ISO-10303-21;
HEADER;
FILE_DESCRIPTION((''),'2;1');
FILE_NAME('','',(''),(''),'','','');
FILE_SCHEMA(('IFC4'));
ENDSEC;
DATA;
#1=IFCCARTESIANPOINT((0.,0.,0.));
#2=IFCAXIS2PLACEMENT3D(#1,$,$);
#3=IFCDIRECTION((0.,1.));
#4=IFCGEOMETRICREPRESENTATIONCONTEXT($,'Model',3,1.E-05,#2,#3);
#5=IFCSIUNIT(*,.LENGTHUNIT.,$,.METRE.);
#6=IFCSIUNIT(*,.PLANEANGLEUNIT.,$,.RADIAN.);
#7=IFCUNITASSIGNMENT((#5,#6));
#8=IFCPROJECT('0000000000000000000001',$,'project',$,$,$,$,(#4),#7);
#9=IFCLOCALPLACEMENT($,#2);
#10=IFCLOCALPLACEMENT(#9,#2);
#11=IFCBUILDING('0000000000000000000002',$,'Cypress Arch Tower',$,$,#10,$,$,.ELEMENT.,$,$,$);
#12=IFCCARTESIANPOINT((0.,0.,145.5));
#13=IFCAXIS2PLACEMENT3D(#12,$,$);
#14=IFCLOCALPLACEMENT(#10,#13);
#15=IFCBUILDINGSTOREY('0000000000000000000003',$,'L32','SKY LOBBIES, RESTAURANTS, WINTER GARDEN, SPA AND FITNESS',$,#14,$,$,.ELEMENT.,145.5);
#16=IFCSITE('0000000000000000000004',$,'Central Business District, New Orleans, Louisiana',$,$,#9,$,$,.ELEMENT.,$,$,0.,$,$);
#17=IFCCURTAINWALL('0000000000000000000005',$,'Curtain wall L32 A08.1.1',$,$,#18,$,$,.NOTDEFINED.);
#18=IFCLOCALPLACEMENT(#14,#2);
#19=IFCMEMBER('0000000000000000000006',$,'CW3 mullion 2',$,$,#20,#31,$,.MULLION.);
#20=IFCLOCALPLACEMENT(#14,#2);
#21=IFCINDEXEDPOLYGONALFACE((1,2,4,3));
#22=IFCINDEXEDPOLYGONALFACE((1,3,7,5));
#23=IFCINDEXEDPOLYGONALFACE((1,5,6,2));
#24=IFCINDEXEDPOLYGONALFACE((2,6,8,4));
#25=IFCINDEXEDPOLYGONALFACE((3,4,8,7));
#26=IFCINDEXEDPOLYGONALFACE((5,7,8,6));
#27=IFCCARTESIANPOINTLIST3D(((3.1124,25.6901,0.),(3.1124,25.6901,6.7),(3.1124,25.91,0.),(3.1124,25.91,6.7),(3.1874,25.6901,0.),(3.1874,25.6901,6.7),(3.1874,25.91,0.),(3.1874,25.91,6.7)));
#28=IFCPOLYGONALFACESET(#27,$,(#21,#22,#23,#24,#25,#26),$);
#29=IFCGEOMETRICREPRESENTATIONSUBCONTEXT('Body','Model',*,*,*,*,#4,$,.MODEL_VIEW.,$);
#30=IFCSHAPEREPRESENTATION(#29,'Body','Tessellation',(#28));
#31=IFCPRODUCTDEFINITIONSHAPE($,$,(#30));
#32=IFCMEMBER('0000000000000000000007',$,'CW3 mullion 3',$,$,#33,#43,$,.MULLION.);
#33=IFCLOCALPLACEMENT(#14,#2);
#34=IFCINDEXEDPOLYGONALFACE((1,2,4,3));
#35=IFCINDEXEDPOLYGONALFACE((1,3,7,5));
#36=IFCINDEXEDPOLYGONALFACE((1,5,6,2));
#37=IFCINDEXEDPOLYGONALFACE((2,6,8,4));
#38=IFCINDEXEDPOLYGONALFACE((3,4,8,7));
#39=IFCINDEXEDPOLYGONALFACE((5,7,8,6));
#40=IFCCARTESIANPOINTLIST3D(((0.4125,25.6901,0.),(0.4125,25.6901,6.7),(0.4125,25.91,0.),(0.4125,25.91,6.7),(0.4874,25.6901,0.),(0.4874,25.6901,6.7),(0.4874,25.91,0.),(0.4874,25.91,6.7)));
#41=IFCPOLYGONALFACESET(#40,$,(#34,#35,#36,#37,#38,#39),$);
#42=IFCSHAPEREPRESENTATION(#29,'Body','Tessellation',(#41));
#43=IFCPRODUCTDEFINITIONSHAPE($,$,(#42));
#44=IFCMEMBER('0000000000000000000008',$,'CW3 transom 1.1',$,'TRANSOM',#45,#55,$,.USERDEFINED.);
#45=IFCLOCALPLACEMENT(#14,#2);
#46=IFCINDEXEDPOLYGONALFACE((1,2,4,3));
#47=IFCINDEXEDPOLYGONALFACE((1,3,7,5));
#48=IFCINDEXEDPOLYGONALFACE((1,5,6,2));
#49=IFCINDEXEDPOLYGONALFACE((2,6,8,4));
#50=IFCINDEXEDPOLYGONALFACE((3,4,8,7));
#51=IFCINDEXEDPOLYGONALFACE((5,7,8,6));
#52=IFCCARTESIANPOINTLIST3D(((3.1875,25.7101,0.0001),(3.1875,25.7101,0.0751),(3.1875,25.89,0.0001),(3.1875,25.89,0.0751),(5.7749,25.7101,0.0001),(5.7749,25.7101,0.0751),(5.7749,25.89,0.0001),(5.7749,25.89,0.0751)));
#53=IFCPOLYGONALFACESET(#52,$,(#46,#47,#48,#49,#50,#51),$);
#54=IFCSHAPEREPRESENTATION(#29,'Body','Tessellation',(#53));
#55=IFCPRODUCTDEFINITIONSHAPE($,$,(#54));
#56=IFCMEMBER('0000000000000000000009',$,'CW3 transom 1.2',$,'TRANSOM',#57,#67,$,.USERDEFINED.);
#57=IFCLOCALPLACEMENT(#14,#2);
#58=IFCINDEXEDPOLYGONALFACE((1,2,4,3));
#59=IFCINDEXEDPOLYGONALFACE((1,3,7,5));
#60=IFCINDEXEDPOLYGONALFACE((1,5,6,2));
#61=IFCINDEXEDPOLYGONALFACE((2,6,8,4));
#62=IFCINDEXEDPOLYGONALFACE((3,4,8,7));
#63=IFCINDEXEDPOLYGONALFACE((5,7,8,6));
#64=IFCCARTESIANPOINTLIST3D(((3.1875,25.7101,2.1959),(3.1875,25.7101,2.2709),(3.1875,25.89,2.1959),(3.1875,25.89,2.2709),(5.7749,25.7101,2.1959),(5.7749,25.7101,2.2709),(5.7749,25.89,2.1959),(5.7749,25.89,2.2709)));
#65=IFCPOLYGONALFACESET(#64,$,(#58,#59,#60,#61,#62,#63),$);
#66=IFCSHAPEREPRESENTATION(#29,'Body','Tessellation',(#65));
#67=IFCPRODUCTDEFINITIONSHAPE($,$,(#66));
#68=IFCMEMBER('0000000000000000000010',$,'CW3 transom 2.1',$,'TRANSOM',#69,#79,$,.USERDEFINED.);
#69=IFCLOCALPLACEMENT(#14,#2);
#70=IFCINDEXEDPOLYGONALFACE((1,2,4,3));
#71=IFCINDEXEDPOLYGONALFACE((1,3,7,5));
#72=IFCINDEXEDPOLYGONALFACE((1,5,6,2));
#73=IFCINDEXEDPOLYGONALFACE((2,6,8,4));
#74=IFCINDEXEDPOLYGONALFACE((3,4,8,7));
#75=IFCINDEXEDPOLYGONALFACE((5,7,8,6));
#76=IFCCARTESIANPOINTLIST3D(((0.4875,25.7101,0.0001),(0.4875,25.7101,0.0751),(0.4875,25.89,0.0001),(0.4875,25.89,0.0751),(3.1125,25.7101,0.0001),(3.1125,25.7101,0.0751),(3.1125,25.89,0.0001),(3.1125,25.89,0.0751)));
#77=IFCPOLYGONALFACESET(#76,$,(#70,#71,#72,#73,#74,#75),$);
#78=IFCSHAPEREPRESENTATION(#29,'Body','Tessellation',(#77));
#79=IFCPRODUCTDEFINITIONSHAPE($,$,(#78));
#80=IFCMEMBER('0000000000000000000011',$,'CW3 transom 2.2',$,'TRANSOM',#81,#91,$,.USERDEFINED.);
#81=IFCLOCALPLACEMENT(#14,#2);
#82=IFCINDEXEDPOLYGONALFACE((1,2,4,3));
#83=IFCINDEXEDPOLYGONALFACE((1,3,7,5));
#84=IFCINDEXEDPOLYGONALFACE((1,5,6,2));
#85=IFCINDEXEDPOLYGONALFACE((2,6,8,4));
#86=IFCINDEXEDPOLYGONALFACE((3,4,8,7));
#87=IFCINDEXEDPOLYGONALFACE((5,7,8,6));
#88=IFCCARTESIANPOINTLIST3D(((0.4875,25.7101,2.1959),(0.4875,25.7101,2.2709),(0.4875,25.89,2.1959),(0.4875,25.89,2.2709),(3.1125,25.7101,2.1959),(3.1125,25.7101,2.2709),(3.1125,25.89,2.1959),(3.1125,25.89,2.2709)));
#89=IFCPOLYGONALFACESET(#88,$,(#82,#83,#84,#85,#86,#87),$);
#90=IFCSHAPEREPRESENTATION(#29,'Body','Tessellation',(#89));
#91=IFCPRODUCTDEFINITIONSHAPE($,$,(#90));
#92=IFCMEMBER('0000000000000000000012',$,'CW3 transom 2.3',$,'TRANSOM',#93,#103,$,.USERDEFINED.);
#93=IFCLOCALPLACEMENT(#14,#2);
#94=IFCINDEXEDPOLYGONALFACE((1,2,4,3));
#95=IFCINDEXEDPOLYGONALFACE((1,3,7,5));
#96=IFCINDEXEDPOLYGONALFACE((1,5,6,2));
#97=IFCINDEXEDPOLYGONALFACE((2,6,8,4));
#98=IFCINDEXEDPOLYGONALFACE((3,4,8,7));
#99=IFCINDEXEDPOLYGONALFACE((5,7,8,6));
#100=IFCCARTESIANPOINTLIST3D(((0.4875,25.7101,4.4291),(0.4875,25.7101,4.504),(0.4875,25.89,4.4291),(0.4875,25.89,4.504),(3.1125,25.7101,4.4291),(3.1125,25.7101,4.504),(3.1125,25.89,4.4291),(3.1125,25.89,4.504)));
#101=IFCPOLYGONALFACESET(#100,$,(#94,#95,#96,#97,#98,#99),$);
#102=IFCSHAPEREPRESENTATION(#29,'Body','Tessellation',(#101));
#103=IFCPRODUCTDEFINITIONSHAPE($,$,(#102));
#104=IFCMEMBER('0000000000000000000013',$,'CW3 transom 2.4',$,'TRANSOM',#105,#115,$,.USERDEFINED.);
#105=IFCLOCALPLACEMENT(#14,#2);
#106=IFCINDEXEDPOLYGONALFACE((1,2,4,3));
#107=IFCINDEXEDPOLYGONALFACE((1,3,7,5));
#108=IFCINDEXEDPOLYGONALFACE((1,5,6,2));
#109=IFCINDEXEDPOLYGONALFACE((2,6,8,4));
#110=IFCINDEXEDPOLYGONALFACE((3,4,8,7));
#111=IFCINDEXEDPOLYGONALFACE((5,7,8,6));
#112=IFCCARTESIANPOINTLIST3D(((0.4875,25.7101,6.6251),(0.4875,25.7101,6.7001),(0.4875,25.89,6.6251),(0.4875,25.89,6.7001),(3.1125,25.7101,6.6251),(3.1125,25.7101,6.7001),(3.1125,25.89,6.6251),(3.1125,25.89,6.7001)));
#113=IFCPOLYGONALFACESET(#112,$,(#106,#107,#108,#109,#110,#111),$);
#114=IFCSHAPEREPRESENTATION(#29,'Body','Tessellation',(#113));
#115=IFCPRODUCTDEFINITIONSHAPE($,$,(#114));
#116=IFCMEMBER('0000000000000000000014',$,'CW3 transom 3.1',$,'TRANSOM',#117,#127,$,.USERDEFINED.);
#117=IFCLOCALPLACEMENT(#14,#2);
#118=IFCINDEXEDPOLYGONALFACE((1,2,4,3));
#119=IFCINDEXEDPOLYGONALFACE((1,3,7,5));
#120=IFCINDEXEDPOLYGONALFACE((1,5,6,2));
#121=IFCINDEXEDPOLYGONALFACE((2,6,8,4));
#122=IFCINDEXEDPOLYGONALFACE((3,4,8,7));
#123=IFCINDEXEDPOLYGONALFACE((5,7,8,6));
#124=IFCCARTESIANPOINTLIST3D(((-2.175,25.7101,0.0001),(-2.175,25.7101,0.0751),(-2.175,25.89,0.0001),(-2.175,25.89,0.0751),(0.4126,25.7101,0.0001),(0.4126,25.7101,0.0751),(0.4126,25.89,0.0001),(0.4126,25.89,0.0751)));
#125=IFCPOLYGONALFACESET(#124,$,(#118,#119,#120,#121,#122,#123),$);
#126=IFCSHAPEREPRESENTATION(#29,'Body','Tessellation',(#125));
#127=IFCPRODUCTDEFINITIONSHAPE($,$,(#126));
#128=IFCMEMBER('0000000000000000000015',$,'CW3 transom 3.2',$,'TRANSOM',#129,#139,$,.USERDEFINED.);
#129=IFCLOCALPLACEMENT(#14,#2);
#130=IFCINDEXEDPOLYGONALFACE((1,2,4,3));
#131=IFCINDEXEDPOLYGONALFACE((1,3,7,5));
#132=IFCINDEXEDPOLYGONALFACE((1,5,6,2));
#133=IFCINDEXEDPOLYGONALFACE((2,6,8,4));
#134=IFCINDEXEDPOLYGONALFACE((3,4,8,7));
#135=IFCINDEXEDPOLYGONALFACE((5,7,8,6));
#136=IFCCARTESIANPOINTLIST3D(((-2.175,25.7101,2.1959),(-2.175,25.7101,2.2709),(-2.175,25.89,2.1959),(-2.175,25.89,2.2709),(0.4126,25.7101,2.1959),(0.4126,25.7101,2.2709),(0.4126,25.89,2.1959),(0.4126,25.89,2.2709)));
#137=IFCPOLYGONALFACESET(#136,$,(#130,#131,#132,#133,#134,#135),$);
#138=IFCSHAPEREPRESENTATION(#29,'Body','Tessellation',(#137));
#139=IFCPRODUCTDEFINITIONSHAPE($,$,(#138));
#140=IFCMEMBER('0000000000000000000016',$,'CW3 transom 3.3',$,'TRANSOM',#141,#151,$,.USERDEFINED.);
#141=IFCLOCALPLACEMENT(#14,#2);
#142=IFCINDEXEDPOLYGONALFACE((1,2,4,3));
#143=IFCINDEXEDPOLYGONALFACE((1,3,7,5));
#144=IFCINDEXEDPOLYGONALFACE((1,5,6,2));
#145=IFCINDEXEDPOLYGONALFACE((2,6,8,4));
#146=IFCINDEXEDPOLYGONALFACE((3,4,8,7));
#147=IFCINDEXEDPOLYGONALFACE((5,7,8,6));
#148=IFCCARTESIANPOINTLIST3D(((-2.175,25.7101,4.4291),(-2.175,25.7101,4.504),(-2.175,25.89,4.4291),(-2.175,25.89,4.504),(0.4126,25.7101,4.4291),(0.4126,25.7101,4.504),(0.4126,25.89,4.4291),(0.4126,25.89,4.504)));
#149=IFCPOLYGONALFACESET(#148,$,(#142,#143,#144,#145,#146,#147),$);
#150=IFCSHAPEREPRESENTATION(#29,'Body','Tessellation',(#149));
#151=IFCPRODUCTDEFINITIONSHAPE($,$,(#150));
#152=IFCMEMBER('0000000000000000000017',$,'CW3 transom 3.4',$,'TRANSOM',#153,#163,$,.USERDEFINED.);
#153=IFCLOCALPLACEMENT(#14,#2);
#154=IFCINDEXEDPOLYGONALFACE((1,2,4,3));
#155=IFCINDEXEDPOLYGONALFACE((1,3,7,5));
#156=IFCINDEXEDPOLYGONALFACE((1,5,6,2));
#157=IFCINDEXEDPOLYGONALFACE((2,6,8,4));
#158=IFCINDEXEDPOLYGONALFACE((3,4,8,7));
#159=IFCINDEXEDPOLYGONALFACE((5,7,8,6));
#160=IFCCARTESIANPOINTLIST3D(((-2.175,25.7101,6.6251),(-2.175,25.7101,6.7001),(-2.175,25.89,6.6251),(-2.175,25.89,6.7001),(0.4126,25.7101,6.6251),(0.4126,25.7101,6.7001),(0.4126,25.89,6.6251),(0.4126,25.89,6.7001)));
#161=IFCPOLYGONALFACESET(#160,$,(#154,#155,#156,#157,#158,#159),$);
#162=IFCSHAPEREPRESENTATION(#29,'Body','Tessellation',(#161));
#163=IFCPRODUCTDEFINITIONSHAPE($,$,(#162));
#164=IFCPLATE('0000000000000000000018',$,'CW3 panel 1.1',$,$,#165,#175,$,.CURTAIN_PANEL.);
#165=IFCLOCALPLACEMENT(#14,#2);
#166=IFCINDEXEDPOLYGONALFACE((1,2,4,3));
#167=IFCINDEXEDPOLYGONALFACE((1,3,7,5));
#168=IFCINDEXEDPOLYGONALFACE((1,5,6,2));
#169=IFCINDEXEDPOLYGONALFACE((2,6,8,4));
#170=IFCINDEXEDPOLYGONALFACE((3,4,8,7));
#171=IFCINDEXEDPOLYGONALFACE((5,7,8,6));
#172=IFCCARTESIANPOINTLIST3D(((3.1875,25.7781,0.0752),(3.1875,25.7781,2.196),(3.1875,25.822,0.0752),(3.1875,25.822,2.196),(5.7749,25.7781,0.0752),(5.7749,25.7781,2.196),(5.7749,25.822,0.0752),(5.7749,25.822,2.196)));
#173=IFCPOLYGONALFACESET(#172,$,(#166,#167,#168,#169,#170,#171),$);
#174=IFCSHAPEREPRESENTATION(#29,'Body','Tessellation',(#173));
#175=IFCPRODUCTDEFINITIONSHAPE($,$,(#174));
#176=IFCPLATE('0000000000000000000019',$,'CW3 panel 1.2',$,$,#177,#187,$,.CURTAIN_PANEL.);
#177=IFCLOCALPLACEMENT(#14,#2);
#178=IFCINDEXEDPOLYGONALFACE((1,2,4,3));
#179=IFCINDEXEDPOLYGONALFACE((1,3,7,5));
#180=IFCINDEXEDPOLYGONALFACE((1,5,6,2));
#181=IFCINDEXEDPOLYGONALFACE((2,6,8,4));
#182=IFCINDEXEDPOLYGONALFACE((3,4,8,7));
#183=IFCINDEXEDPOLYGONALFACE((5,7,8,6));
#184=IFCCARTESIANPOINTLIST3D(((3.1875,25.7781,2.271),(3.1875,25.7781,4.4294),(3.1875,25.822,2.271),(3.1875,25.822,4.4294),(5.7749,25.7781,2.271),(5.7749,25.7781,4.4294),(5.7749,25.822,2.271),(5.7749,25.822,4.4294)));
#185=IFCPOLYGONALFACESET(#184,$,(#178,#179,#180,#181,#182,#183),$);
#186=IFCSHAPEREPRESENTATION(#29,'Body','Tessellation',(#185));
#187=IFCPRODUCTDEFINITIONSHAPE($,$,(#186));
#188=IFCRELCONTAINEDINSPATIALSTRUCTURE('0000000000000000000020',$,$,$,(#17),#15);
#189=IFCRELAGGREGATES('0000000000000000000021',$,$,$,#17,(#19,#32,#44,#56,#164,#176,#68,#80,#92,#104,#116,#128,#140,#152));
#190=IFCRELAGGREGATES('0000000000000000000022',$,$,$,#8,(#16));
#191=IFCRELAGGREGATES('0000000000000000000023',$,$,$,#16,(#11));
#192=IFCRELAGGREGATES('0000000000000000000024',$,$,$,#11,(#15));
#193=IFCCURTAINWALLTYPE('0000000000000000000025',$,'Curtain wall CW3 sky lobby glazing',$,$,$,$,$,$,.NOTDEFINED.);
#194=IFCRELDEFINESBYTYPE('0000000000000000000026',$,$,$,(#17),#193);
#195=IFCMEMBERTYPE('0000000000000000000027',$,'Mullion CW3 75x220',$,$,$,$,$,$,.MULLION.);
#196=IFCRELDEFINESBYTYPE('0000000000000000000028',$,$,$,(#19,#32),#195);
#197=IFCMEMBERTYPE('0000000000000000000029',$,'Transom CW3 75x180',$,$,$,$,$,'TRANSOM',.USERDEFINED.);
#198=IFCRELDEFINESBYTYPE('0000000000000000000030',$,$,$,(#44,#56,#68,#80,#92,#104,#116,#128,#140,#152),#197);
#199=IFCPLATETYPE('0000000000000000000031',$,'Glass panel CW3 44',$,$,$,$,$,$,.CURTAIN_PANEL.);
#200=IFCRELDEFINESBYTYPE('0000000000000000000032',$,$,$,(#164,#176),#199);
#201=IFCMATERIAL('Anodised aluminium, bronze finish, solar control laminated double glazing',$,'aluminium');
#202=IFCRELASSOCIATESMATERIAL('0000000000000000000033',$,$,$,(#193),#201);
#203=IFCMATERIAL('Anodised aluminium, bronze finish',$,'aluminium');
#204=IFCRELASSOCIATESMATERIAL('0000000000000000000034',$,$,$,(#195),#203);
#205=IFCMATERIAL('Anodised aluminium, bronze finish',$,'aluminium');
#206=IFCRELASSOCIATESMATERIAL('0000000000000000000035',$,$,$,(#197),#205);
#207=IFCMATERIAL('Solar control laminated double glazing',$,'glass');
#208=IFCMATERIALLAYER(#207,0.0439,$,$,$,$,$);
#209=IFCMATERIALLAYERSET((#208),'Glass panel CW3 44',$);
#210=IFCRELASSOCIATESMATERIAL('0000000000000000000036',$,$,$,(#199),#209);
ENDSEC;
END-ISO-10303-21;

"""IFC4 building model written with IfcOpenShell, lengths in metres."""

from ifc_helpers import new_model, si_unit, direction, frame, origin, origin_2d, place, context, subcontext, project, spatial, rectangle, extrude, material, layer, layer_set, material_profile, profile_set, type_object, element, aggregate, save


model = new_model("IFC4")

# Units and contexts
model_context = context("Model", 3, precision=1e-05, world=origin(), true_north=direction((0.0, 1.0)))
body_context = subcontext(model_context, "Body", "Model", "MODEL_VIEW")
ifc_project = project(units=[si_unit("LENGTHUNIT", "METRE"), si_unit("PLANEANGLEUNIT", "RADIAN")], contexts=[model_context])

# Site, building, storey
site_placement = place(None, origin())
site = spatial("IfcSite", under=ifc_project, at=site_placement, Name="Central Business District, New Orleans, Louisiana", CompositionType="ELEMENT", RefElevation=0.0)
building_placement = place(site_placement, origin())
building = spatial("IfcBuilding", under=site, at=building_placement, Name="Cypress Arch Tower", CompositionType="ELEMENT")
storey_placement = place(building_placement, frame((0.0, 0.0, 145.5)))
storey = spatial("IfcBuildingStorey", under=building, at=storey_placement, Name="L32", Description="SKY LOBBIES, RESTAURANTS, WINTER GARDEN, SPA AND FITNESS", CompositionType="ELEMENT", Elevation=145.5)

# Curtain wall, members, plates
ifc_material_1 = material(Name="Anodised aluminium, bronze finish, solar control laminated double glazing", Category="aluminium")
curtain_wall_type = type_object("IfcCurtainWallType", Name="Curtain wall CW3 sky lobby glazing", PredefinedType="NOTDEFINED", material=ifc_material_1)
curtain_wall_placement = place(storey_placement, origin())
curtain_wall = element("IfcCurtainWall", 1, at=curtain_wall_placement, inside=storey, type_object=curtain_wall_type, Name="Curtain wall L32 A08.1.1", PredefinedType="NOTDEFINED")
ifc_material_2 = material(Name="Anodised aluminium, bronze finish", Category="aluminium")
ifc_material_profile_1 = material_profile(ifc_material_2, rectangle(XDim=0.22, YDim=0.075, at=origin_2d()), Name="Mullion 75x220")
ifc_profile_set_1 = profile_set([ifc_material_profile_1], Name="Anodised aluminium, bronze finish")
member_type_1 = type_object("IfcMemberType", Name="Mullion CW3 75x220", PredefinedType="MULLION", material=ifc_profile_set_1)
member_1_placement = place(storey_placement, frame((3.1499, 25.8, 0.0), z_axis=(0.0, 0.0, 1.0), x_axis=(0.0, -1.0, 0.0)))
member_1 = element("IfcMember", 2, at=member_1_placement, type_object=member_type_1, Name="CW3 mullion 2", PredefinedType="MULLION", context=body_context, shape_type="SweptSolid", body=[
    extrude(rectangle(XDim=0.22, YDim=0.075, at=origin_2d()), origin(), (0.0, 0.0, 1.0), 6.7),
])
member_2_placement = place(storey_placement, frame((0.45, 25.8, 0.0), z_axis=(0.0, 0.0, 1.0), x_axis=(0.0, -1.0, 0.0)))
member_2 = element("IfcMember", 3, at=member_2_placement, type_object=member_type_1, Name="CW3 mullion 3", PredefinedType="MULLION", context=body_context, shape_type="SweptSolid", body=[
    extrude(rectangle(XDim=0.22, YDim=0.075, at=origin_2d()), origin(), (0.0, 0.0, 1.0), 6.7),
])
ifc_material_3 = material(Name="Anodised aluminium, bronze finish", Category="aluminium")
ifc_material_profile_2 = material_profile(ifc_material_3, rectangle(XDim=0.1799, YDim=0.075, at=origin_2d()), Name="Transom 75x180")
ifc_profile_set_2 = profile_set([ifc_material_profile_2], Name="Anodised aluminium, bronze finish")
member_type_2 = type_object("IfcMemberType", Name="Transom CW3 75x180", ElementType="TRANSOM", PredefinedType="USERDEFINED", material=ifc_profile_set_2)
member_3_placement = place(storey_placement, frame((5.7749, 25.8, 0.0376), z_axis=(-1.0, 0.0, 0.0), x_axis=(0.0, -1.0, 0.0)))
member_3 = element("IfcMember", 4, at=member_3_placement, type_object=member_type_2, Name="CW3 transom 1.1", ObjectType="TRANSOM", PredefinedType="USERDEFINED", context=body_context, shape_type="SweptSolid", body=[
    extrude(rectangle(XDim=0.1799, YDim=0.075, at=origin_2d()), origin(), (0.0, 0.0, 1.0), 2.5874),
])
member_4_placement = place(storey_placement, frame((5.7749, 25.8, 2.2334), z_axis=(-1.0, 0.0, 0.0), x_axis=(0.0, -1.0, 0.0)))
member_4 = element("IfcMember", 5, at=member_4_placement, type_object=member_type_2, Name="CW3 transom 1.2", ObjectType="TRANSOM", PredefinedType="USERDEFINED", context=body_context, shape_type="SweptSolid", body=[
    extrude(rectangle(XDim=0.1799, YDim=0.075, at=origin_2d()), origin(), (0.0, 0.0, 1.0), 2.5874),
])
member_5_placement = place(storey_placement, frame((3.1125, 25.8, 0.0376), z_axis=(-1.0, 0.0, 0.0), x_axis=(0.0, -1.0, 0.0)))
member_5 = element("IfcMember", 6, at=member_5_placement, type_object=member_type_2, Name="CW3 transom 2.1", ObjectType="TRANSOM", PredefinedType="USERDEFINED", context=body_context, shape_type="SweptSolid", body=[
    extrude(rectangle(XDim=0.1799, YDim=0.075, at=origin_2d()), origin(), (0.0, 0.0, 1.0), 2.625),
])
member_6_placement = place(storey_placement, frame((3.1125, 25.8, 2.2334), z_axis=(-1.0, 0.0, 0.0), x_axis=(0.0, -1.0, 0.0)))
member_6 = element("IfcMember", 7, at=member_6_placement, type_object=member_type_2, Name="CW3 transom 2.2", ObjectType="TRANSOM", PredefinedType="USERDEFINED", context=body_context, shape_type="SweptSolid", body=[
    extrude(rectangle(XDim=0.1799, YDim=0.075, at=origin_2d()), origin(), (0.0, 0.0, 1.0), 2.625),
])
member_7_placement = place(storey_placement, frame((3.1125, 25.8, 4.4666), z_axis=(-1.0, 0.0, 0.0), x_axis=(0.0, -1.0, 0.0)))
member_7 = element("IfcMember", 8, at=member_7_placement, type_object=member_type_2, Name="CW3 transom 2.3", ObjectType="TRANSOM", PredefinedType="USERDEFINED", context=body_context, shape_type="SweptSolid", body=[
    extrude(rectangle(XDim=0.1799, YDim=0.075, at=origin_2d()), origin(), (0.0, 0.0, 1.0), 2.625),
])
member_8_placement = place(storey_placement, frame((3.1125, 25.8, 6.6626), z_axis=(-1.0, 0.0, 0.0), x_axis=(0.0, -1.0, 0.0)))
member_8 = element("IfcMember", 9, at=member_8_placement, type_object=member_type_2, Name="CW3 transom 2.4", ObjectType="TRANSOM", PredefinedType="USERDEFINED", context=body_context, shape_type="SweptSolid", body=[
    extrude(rectangle(XDim=0.1799, YDim=0.075, at=origin_2d()), origin(), (0.0, 0.0, 1.0), 2.625),
])
member_9_placement = place(storey_placement, frame((0.4126, 25.8, 0.0376), z_axis=(-1.0, 0.0, 0.0), x_axis=(0.0, -1.0, 0.0)))
member_9 = element("IfcMember", 10, at=member_9_placement, type_object=member_type_2, Name="CW3 transom 3.1", ObjectType="TRANSOM", PredefinedType="USERDEFINED", context=body_context, shape_type="SweptSolid", body=[
    extrude(rectangle(XDim=0.1799, YDim=0.075, at=origin_2d()), origin(), (0.0, 0.0, 1.0), 2.5876),
])
member_10_placement = place(storey_placement, frame((0.4126, 25.8, 2.2334), z_axis=(-1.0, 0.0, 0.0), x_axis=(0.0, -1.0, 0.0)))
member_10 = element("IfcMember", 11, at=member_10_placement, type_object=member_type_2, Name="CW3 transom 3.2", ObjectType="TRANSOM", PredefinedType="USERDEFINED", context=body_context, shape_type="SweptSolid", body=[
    extrude(rectangle(XDim=0.1799, YDim=0.075, at=origin_2d()), origin(), (0.0, 0.0, 1.0), 2.5876),
])
member_11_placement = place(storey_placement, frame((0.4126, 25.8, 4.4666), z_axis=(-1.0, 0.0, 0.0), x_axis=(0.0, -1.0, 0.0)))
member_11 = element("IfcMember", 12, at=member_11_placement, type_object=member_type_2, Name="CW3 transom 3.3", ObjectType="TRANSOM", PredefinedType="USERDEFINED", context=body_context, shape_type="SweptSolid", body=[
    extrude(rectangle(XDim=0.1799, YDim=0.075, at=origin_2d()), origin(), (0.0, 0.0, 1.0), 2.5876),
])
member_12_placement = place(storey_placement, frame((0.4126, 25.8, 6.6626), z_axis=(-1.0, 0.0, 0.0), x_axis=(0.0, -1.0, 0.0)))
member_12 = element("IfcMember", 13, at=member_12_placement, type_object=member_type_2, Name="CW3 transom 3.4", ObjectType="TRANSOM", PredefinedType="USERDEFINED", context=body_context, shape_type="SweptSolid", body=[
    extrude(rectangle(XDim=0.1799, YDim=0.075, at=origin_2d()), origin(), (0.0, 0.0, 1.0), 2.5876),
])
ifc_material_4 = material(Name="Solar control laminated double glazing", Category="glass")
ifc_layer = layer(ifc_material_4, 0.0439)
ifc_layer_set = layer_set([ifc_layer], Name="Glass panel CW3 44")
plate_type = type_object("IfcPlateType", Name="Glass panel CW3 44", PredefinedType="CURTAIN_PANEL", material=ifc_layer_set)
plate_1_placement = place(storey_placement, frame((4.4812, 25.8, 0.0752), z_axis=(0.0, 0.0, 1.0), x_axis=(-1.0, 0.0, 0.0)))
plate_1 = element("IfcPlate", 14, at=plate_1_placement, type_object=plate_type, Name="CW3 panel 1.1", PredefinedType="CURTAIN_PANEL", context=body_context, shape_type="SweptSolid", body=[
    extrude(rectangle(XDim=2.5874, YDim=0.0439, at=origin_2d()), origin(), (0.0, 0.0, 1.0), 2.1208),
])
plate_2_placement = place(storey_placement, frame((4.4812, 25.8, 2.271), z_axis=(0.0, 0.0, 1.0), x_axis=(-1.0, 0.0, 0.0)))
plate_2 = element("IfcPlate", 15, at=plate_2_placement, type_object=plate_type, Name="CW3 panel 1.2", PredefinedType="CURTAIN_PANEL", context=body_context, shape_type="SweptSolid", body=[
    extrude(rectangle(XDim=2.5874, YDim=0.0439, at=origin_2d()), origin(), (0.0, 0.0, 1.0), 2.1584),
])
aggregate(curtain_wall, [member_1, member_2, member_3, member_4, plate_1, plate_2, member_5, member_6, member_7, member_8, member_9, member_10, member_11, member_12])

save(model, "model.ifc")
